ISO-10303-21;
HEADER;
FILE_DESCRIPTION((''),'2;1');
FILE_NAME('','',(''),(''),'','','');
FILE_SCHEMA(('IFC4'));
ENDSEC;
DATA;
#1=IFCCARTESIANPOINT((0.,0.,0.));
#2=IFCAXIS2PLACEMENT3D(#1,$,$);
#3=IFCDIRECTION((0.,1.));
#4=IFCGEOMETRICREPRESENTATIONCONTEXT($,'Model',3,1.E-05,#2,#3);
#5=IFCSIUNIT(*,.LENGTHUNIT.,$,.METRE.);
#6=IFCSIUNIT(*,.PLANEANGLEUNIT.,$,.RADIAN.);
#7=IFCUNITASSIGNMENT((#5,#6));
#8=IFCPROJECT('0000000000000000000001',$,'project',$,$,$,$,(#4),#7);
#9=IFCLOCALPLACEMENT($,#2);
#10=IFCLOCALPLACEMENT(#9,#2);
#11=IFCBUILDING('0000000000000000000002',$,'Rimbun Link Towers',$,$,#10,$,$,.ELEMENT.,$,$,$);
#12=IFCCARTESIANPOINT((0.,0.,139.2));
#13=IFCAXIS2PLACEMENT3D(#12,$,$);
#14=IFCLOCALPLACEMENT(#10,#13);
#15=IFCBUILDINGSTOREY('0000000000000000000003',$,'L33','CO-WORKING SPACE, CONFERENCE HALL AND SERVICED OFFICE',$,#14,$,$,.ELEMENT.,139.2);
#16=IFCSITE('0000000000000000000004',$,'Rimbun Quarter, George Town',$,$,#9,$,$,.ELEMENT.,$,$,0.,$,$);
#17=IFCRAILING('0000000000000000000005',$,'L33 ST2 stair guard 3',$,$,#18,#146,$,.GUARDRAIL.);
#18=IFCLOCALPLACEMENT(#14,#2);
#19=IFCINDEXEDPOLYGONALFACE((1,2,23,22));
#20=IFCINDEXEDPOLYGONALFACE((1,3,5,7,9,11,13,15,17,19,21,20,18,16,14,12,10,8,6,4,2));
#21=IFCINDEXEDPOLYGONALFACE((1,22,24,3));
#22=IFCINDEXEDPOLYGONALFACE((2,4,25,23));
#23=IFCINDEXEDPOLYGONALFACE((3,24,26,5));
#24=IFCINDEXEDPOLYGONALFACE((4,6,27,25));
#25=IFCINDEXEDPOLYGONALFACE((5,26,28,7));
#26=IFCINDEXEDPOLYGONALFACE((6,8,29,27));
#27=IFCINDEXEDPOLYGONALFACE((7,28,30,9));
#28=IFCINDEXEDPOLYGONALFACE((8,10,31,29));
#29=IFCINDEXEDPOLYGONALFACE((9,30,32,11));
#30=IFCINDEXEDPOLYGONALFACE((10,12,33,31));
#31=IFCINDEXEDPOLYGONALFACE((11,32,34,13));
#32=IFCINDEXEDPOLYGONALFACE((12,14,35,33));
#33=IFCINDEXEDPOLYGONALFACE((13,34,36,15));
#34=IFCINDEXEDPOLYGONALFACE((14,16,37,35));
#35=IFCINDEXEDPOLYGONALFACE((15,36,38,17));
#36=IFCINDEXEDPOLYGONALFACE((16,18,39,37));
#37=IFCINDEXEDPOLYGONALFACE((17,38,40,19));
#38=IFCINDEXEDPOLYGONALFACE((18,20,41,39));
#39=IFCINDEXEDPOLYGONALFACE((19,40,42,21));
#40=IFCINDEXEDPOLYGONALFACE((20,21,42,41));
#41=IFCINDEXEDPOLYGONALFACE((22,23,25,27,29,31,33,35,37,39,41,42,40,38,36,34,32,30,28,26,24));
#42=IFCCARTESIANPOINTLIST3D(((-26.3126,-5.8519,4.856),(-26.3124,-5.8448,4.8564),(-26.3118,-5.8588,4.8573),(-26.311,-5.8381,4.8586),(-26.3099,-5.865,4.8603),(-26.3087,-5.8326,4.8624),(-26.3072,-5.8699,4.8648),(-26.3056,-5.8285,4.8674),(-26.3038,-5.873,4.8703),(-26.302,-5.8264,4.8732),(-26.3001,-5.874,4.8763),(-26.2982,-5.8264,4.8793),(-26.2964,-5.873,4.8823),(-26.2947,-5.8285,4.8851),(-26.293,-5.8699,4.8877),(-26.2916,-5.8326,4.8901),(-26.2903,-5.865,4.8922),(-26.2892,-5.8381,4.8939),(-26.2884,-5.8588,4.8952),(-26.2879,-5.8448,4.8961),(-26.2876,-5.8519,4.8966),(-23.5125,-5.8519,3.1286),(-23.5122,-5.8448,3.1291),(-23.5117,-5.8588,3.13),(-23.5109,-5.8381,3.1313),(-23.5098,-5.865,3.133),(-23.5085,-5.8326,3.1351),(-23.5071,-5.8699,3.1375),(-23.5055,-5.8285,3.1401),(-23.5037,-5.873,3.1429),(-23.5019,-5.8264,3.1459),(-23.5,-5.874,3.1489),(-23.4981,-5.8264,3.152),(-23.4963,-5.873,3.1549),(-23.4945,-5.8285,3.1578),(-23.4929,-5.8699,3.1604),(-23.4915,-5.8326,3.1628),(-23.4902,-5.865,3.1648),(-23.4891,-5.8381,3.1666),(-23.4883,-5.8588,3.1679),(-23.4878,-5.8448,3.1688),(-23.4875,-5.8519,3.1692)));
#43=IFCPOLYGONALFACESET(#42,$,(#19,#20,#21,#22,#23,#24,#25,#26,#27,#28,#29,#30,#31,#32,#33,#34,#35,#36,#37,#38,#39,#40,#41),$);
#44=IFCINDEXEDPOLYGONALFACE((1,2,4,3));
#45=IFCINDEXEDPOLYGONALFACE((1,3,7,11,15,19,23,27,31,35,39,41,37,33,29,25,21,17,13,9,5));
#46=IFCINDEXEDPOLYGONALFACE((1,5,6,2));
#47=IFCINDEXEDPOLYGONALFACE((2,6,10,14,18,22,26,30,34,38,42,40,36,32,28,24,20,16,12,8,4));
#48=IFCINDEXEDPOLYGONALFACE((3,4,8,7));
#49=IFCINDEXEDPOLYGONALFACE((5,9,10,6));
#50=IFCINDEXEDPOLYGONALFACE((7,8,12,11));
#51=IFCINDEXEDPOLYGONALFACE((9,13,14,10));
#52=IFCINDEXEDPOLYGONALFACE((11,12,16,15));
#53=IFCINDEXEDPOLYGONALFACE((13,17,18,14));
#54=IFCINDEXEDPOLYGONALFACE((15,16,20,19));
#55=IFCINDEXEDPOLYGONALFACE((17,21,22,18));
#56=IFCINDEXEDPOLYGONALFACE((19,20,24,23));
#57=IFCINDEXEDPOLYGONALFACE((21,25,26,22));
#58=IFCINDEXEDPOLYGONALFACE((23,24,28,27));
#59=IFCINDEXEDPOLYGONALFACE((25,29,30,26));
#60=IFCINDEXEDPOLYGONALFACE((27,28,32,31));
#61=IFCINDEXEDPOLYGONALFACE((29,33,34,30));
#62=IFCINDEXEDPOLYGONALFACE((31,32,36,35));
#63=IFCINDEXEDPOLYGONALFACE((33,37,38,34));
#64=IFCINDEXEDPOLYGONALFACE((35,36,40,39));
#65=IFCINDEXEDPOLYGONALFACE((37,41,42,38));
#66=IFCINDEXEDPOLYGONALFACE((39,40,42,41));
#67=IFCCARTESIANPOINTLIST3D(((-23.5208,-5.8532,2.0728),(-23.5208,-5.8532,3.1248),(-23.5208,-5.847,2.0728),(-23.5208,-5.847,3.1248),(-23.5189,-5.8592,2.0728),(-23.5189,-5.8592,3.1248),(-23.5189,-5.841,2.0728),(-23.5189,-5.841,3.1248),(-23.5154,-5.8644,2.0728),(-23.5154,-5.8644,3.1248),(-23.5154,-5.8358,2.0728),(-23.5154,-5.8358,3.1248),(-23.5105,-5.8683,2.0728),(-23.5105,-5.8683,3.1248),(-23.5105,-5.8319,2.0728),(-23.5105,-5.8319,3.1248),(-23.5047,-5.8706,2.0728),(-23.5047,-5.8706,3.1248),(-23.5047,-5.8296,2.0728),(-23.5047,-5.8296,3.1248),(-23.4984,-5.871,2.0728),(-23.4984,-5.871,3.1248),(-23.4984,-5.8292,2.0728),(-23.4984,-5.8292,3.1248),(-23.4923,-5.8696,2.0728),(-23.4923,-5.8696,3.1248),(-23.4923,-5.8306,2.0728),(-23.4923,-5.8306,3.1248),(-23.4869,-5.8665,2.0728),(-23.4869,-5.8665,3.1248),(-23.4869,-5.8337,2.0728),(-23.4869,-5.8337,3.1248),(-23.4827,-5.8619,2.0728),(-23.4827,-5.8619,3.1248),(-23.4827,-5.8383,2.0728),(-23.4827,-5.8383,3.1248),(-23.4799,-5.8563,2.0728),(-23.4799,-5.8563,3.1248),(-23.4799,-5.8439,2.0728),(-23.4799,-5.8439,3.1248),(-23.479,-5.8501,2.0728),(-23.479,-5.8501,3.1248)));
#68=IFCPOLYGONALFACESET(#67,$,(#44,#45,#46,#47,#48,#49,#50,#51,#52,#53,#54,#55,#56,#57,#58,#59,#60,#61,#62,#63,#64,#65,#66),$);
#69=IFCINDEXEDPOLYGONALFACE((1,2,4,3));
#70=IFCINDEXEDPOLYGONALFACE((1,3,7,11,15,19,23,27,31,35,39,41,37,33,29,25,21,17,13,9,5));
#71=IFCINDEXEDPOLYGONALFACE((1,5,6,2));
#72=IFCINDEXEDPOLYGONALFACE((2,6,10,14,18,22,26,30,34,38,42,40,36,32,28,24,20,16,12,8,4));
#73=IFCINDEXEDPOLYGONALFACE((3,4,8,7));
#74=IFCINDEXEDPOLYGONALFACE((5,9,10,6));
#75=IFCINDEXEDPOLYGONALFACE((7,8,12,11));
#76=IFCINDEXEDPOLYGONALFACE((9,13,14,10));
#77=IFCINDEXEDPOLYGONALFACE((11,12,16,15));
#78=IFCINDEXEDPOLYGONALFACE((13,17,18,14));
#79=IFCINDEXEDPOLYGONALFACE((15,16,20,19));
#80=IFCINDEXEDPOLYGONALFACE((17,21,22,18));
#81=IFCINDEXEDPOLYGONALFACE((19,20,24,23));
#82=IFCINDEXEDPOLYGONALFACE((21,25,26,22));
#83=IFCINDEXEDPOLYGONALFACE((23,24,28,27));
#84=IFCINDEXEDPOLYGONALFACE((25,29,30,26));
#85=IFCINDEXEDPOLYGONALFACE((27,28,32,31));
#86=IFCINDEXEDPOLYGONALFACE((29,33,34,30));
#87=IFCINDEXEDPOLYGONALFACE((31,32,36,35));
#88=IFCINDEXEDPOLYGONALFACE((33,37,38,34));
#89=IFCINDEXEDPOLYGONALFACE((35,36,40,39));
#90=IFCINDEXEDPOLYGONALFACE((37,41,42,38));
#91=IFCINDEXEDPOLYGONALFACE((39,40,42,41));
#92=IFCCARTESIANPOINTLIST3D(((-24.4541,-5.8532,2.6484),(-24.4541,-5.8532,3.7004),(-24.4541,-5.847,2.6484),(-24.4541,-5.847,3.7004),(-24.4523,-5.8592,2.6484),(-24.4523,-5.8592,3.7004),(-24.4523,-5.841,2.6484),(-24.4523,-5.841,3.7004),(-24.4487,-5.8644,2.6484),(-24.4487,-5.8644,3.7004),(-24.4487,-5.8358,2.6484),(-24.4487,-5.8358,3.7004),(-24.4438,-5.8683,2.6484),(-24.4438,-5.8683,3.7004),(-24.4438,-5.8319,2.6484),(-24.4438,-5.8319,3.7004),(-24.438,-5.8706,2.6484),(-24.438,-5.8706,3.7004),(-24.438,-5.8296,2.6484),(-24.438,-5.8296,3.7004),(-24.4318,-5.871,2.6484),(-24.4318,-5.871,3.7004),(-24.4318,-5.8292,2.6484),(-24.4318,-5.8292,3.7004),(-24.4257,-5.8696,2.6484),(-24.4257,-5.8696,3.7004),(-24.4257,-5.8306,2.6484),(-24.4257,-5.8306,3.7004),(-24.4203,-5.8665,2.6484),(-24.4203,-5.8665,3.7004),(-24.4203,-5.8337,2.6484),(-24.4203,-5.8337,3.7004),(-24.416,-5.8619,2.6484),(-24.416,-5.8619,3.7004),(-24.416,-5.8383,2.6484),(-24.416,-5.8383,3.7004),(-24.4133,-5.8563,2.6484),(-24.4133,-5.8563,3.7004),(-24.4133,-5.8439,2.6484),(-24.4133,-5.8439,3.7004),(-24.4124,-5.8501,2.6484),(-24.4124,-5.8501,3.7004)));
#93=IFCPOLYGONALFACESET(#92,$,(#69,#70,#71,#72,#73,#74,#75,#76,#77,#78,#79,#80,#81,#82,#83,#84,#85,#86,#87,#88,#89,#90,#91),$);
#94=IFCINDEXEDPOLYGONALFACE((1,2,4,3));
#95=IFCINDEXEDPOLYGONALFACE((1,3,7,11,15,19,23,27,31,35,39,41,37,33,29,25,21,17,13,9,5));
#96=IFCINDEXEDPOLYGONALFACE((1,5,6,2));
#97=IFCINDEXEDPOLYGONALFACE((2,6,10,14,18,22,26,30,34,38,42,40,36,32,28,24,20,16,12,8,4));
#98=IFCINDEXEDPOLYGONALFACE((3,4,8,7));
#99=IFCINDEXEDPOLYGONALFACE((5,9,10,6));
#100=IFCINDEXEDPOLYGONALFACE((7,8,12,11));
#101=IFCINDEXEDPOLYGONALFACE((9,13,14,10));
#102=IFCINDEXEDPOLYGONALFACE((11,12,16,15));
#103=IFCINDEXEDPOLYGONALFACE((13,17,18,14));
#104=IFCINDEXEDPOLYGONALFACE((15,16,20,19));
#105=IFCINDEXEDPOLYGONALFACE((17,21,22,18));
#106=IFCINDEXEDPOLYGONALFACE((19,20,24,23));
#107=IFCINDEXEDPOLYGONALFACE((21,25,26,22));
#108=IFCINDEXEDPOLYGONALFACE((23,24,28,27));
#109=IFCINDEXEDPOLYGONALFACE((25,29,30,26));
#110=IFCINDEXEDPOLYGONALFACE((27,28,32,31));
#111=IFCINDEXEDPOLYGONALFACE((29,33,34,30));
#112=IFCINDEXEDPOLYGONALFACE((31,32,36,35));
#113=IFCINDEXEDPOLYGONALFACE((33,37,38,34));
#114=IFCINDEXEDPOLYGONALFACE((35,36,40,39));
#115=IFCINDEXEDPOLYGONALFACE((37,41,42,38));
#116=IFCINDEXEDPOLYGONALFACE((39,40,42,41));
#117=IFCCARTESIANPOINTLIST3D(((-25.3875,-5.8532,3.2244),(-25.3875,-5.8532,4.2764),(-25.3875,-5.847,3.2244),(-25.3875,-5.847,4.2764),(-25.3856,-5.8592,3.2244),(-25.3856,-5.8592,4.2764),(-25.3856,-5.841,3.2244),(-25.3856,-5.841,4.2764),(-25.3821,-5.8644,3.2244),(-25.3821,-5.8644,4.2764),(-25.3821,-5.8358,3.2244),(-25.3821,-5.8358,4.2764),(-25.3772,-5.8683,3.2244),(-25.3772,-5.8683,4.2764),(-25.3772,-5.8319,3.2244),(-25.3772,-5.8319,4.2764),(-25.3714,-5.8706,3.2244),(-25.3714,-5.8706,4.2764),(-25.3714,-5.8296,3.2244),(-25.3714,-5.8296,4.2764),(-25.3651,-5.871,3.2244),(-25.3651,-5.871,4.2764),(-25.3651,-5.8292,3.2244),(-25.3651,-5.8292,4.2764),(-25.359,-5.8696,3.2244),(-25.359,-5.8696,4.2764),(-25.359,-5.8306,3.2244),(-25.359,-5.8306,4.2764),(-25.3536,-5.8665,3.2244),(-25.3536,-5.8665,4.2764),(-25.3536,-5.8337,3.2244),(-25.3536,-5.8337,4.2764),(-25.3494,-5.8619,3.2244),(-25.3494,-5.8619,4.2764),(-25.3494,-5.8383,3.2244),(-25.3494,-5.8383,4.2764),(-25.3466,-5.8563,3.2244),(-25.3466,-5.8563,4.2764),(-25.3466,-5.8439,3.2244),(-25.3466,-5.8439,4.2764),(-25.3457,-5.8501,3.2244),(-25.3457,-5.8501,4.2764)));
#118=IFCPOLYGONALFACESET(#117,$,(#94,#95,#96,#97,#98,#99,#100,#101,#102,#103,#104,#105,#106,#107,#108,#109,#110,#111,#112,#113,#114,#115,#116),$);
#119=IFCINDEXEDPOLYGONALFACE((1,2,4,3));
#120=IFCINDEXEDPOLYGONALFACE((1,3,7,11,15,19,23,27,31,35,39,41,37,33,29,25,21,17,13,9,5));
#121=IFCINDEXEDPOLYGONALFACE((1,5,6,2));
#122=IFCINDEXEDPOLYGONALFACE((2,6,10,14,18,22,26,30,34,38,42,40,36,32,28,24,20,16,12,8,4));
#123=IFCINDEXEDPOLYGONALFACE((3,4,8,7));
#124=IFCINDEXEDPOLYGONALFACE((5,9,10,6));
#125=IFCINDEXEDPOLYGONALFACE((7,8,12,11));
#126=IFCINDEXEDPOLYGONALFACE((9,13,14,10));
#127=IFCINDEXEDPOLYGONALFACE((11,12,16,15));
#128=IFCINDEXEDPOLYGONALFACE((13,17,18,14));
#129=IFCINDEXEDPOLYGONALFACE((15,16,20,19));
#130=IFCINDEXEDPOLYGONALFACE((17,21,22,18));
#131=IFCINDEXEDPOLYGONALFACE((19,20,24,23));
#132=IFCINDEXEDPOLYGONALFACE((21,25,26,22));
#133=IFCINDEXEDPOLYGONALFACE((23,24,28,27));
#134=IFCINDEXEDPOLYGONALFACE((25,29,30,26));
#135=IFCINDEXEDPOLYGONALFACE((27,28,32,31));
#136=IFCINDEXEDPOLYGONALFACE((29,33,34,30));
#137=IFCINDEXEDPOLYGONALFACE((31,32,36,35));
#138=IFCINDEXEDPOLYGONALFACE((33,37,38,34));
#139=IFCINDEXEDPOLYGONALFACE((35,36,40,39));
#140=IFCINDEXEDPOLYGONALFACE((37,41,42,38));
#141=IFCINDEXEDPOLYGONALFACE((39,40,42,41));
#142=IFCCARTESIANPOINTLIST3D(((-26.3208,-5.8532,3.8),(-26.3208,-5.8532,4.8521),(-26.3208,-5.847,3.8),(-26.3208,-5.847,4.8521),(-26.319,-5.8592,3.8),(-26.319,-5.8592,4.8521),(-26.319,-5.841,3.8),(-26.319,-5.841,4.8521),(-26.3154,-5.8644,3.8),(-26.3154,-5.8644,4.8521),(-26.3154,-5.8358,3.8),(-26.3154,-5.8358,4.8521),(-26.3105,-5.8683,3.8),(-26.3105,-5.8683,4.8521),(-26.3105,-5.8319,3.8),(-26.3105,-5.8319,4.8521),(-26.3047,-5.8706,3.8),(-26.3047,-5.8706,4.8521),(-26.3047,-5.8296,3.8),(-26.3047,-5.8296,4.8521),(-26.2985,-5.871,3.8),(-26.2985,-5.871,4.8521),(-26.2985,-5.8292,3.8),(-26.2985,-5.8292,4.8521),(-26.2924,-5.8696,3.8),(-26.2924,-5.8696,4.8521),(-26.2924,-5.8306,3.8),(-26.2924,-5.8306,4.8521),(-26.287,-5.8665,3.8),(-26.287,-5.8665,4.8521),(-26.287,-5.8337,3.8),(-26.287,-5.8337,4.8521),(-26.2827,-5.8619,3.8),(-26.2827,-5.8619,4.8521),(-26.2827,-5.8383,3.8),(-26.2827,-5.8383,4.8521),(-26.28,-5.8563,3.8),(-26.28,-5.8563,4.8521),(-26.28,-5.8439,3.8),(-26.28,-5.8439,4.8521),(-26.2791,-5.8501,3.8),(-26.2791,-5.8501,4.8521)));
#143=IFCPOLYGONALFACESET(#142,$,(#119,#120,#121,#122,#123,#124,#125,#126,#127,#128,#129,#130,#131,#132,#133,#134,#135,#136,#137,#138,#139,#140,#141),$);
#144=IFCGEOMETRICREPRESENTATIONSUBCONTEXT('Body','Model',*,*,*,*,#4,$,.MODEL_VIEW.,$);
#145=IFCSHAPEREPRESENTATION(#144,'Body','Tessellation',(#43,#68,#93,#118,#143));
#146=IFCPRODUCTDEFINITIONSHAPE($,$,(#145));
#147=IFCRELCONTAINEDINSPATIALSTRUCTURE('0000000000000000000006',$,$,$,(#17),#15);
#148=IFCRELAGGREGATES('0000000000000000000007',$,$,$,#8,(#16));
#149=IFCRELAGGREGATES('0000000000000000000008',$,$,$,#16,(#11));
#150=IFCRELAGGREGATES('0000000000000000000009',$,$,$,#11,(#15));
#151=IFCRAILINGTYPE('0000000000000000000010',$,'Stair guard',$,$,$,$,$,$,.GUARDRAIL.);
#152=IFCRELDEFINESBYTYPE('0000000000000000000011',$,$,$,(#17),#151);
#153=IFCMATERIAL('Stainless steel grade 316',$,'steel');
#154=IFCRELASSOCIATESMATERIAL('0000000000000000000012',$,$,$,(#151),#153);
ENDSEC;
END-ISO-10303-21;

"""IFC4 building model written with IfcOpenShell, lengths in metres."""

from ifc_helpers import new_model, si_unit, direction, frame, origin, origin_2d, place, context, subcontext, project, spatial, circle, extrude, material, type_object, element, save


model = new_model("IFC4")

# Units and contexts
model_context = context("Model", 3, precision=1e-05, world=origin(), true_north=direction((0.0, 1.0)))
body_context = subcontext(model_context, "Body", "Model", "MODEL_VIEW")
ifc_project = project(units=[si_unit("LENGTHUNIT", "METRE"), si_unit("PLANEANGLEUNIT", "RADIAN")], contexts=[model_context])

# Site, building, storey
site_placement = place(None, origin())
site = spatial("IfcSite", under=ifc_project, at=site_placement, Name="Rimbun Quarter, George Town", CompositionType="ELEMENT", RefElevation=0.0)
building_placement = place(site_placement, origin())
building = spatial("IfcBuilding", under=site, at=building_placement, Name="Rimbun Link Towers", CompositionType="ELEMENT")
storey_placement = place(building_placement, frame((0.0, 0.0, 139.2)))
storey = spatial("IfcBuildingStorey", under=building, at=storey_placement, Name="L33", Description="CO-WORKING SPACE, CONFERENCE HALL AND SERVICED OFFICE", CompositionType="ELEMENT", Elevation=139.2)

# Railing
ifc_material_1 = material(Name="Stainless steel grade 316", Category="steel")
railing_type_1 = type_object("IfcRailingType", Name="Stair guard", PredefinedType="GUARDRAIL", material=ifc_material_1)
railing_1_placement = place(storey_placement, frame((-23.5, -5.8501, 2.0728)))
element("IfcRailing", 1, at=railing_1_placement, inside=storey, type_object=railing_type_1, Name="L33 ST2 stair guard 3", PredefinedType="GUARDRAIL", context=body_context, shape_type="SweptSolid", body=[
    extrude(circle(Radius=0.0239, at=origin_2d()), frame((0.0, 0.0, 1.0762), z_axis=(-0.85109, 0.0, 0.52502), x_axis=(0.0, -1.0, 0.0)), (0.0, 0.0, 1.0), 3.29),
    extrude(circle(Radius=0.021, at=origin_2d()), origin(), (0.0, 0.0, 1.0), 1.052),
    extrude(circle(Radius=0.021, at=origin_2d()), frame((-0.9333, 0.0, 0.5757)), (0.0, 0.0, 1.0), 1.052),
    extrude(circle(Radius=0.021, at=origin_2d()), frame((-1.8667, 0.0, 1.1516)), (0.0, 0.0, 1.0), 1.052),
    extrude(circle(Radius=0.021, at=origin_2d()), frame((-2.8, 0.0, 1.7273)), (0.0, 0.0, 1.0), 1.052),
])

save(model, "model.ifc")
